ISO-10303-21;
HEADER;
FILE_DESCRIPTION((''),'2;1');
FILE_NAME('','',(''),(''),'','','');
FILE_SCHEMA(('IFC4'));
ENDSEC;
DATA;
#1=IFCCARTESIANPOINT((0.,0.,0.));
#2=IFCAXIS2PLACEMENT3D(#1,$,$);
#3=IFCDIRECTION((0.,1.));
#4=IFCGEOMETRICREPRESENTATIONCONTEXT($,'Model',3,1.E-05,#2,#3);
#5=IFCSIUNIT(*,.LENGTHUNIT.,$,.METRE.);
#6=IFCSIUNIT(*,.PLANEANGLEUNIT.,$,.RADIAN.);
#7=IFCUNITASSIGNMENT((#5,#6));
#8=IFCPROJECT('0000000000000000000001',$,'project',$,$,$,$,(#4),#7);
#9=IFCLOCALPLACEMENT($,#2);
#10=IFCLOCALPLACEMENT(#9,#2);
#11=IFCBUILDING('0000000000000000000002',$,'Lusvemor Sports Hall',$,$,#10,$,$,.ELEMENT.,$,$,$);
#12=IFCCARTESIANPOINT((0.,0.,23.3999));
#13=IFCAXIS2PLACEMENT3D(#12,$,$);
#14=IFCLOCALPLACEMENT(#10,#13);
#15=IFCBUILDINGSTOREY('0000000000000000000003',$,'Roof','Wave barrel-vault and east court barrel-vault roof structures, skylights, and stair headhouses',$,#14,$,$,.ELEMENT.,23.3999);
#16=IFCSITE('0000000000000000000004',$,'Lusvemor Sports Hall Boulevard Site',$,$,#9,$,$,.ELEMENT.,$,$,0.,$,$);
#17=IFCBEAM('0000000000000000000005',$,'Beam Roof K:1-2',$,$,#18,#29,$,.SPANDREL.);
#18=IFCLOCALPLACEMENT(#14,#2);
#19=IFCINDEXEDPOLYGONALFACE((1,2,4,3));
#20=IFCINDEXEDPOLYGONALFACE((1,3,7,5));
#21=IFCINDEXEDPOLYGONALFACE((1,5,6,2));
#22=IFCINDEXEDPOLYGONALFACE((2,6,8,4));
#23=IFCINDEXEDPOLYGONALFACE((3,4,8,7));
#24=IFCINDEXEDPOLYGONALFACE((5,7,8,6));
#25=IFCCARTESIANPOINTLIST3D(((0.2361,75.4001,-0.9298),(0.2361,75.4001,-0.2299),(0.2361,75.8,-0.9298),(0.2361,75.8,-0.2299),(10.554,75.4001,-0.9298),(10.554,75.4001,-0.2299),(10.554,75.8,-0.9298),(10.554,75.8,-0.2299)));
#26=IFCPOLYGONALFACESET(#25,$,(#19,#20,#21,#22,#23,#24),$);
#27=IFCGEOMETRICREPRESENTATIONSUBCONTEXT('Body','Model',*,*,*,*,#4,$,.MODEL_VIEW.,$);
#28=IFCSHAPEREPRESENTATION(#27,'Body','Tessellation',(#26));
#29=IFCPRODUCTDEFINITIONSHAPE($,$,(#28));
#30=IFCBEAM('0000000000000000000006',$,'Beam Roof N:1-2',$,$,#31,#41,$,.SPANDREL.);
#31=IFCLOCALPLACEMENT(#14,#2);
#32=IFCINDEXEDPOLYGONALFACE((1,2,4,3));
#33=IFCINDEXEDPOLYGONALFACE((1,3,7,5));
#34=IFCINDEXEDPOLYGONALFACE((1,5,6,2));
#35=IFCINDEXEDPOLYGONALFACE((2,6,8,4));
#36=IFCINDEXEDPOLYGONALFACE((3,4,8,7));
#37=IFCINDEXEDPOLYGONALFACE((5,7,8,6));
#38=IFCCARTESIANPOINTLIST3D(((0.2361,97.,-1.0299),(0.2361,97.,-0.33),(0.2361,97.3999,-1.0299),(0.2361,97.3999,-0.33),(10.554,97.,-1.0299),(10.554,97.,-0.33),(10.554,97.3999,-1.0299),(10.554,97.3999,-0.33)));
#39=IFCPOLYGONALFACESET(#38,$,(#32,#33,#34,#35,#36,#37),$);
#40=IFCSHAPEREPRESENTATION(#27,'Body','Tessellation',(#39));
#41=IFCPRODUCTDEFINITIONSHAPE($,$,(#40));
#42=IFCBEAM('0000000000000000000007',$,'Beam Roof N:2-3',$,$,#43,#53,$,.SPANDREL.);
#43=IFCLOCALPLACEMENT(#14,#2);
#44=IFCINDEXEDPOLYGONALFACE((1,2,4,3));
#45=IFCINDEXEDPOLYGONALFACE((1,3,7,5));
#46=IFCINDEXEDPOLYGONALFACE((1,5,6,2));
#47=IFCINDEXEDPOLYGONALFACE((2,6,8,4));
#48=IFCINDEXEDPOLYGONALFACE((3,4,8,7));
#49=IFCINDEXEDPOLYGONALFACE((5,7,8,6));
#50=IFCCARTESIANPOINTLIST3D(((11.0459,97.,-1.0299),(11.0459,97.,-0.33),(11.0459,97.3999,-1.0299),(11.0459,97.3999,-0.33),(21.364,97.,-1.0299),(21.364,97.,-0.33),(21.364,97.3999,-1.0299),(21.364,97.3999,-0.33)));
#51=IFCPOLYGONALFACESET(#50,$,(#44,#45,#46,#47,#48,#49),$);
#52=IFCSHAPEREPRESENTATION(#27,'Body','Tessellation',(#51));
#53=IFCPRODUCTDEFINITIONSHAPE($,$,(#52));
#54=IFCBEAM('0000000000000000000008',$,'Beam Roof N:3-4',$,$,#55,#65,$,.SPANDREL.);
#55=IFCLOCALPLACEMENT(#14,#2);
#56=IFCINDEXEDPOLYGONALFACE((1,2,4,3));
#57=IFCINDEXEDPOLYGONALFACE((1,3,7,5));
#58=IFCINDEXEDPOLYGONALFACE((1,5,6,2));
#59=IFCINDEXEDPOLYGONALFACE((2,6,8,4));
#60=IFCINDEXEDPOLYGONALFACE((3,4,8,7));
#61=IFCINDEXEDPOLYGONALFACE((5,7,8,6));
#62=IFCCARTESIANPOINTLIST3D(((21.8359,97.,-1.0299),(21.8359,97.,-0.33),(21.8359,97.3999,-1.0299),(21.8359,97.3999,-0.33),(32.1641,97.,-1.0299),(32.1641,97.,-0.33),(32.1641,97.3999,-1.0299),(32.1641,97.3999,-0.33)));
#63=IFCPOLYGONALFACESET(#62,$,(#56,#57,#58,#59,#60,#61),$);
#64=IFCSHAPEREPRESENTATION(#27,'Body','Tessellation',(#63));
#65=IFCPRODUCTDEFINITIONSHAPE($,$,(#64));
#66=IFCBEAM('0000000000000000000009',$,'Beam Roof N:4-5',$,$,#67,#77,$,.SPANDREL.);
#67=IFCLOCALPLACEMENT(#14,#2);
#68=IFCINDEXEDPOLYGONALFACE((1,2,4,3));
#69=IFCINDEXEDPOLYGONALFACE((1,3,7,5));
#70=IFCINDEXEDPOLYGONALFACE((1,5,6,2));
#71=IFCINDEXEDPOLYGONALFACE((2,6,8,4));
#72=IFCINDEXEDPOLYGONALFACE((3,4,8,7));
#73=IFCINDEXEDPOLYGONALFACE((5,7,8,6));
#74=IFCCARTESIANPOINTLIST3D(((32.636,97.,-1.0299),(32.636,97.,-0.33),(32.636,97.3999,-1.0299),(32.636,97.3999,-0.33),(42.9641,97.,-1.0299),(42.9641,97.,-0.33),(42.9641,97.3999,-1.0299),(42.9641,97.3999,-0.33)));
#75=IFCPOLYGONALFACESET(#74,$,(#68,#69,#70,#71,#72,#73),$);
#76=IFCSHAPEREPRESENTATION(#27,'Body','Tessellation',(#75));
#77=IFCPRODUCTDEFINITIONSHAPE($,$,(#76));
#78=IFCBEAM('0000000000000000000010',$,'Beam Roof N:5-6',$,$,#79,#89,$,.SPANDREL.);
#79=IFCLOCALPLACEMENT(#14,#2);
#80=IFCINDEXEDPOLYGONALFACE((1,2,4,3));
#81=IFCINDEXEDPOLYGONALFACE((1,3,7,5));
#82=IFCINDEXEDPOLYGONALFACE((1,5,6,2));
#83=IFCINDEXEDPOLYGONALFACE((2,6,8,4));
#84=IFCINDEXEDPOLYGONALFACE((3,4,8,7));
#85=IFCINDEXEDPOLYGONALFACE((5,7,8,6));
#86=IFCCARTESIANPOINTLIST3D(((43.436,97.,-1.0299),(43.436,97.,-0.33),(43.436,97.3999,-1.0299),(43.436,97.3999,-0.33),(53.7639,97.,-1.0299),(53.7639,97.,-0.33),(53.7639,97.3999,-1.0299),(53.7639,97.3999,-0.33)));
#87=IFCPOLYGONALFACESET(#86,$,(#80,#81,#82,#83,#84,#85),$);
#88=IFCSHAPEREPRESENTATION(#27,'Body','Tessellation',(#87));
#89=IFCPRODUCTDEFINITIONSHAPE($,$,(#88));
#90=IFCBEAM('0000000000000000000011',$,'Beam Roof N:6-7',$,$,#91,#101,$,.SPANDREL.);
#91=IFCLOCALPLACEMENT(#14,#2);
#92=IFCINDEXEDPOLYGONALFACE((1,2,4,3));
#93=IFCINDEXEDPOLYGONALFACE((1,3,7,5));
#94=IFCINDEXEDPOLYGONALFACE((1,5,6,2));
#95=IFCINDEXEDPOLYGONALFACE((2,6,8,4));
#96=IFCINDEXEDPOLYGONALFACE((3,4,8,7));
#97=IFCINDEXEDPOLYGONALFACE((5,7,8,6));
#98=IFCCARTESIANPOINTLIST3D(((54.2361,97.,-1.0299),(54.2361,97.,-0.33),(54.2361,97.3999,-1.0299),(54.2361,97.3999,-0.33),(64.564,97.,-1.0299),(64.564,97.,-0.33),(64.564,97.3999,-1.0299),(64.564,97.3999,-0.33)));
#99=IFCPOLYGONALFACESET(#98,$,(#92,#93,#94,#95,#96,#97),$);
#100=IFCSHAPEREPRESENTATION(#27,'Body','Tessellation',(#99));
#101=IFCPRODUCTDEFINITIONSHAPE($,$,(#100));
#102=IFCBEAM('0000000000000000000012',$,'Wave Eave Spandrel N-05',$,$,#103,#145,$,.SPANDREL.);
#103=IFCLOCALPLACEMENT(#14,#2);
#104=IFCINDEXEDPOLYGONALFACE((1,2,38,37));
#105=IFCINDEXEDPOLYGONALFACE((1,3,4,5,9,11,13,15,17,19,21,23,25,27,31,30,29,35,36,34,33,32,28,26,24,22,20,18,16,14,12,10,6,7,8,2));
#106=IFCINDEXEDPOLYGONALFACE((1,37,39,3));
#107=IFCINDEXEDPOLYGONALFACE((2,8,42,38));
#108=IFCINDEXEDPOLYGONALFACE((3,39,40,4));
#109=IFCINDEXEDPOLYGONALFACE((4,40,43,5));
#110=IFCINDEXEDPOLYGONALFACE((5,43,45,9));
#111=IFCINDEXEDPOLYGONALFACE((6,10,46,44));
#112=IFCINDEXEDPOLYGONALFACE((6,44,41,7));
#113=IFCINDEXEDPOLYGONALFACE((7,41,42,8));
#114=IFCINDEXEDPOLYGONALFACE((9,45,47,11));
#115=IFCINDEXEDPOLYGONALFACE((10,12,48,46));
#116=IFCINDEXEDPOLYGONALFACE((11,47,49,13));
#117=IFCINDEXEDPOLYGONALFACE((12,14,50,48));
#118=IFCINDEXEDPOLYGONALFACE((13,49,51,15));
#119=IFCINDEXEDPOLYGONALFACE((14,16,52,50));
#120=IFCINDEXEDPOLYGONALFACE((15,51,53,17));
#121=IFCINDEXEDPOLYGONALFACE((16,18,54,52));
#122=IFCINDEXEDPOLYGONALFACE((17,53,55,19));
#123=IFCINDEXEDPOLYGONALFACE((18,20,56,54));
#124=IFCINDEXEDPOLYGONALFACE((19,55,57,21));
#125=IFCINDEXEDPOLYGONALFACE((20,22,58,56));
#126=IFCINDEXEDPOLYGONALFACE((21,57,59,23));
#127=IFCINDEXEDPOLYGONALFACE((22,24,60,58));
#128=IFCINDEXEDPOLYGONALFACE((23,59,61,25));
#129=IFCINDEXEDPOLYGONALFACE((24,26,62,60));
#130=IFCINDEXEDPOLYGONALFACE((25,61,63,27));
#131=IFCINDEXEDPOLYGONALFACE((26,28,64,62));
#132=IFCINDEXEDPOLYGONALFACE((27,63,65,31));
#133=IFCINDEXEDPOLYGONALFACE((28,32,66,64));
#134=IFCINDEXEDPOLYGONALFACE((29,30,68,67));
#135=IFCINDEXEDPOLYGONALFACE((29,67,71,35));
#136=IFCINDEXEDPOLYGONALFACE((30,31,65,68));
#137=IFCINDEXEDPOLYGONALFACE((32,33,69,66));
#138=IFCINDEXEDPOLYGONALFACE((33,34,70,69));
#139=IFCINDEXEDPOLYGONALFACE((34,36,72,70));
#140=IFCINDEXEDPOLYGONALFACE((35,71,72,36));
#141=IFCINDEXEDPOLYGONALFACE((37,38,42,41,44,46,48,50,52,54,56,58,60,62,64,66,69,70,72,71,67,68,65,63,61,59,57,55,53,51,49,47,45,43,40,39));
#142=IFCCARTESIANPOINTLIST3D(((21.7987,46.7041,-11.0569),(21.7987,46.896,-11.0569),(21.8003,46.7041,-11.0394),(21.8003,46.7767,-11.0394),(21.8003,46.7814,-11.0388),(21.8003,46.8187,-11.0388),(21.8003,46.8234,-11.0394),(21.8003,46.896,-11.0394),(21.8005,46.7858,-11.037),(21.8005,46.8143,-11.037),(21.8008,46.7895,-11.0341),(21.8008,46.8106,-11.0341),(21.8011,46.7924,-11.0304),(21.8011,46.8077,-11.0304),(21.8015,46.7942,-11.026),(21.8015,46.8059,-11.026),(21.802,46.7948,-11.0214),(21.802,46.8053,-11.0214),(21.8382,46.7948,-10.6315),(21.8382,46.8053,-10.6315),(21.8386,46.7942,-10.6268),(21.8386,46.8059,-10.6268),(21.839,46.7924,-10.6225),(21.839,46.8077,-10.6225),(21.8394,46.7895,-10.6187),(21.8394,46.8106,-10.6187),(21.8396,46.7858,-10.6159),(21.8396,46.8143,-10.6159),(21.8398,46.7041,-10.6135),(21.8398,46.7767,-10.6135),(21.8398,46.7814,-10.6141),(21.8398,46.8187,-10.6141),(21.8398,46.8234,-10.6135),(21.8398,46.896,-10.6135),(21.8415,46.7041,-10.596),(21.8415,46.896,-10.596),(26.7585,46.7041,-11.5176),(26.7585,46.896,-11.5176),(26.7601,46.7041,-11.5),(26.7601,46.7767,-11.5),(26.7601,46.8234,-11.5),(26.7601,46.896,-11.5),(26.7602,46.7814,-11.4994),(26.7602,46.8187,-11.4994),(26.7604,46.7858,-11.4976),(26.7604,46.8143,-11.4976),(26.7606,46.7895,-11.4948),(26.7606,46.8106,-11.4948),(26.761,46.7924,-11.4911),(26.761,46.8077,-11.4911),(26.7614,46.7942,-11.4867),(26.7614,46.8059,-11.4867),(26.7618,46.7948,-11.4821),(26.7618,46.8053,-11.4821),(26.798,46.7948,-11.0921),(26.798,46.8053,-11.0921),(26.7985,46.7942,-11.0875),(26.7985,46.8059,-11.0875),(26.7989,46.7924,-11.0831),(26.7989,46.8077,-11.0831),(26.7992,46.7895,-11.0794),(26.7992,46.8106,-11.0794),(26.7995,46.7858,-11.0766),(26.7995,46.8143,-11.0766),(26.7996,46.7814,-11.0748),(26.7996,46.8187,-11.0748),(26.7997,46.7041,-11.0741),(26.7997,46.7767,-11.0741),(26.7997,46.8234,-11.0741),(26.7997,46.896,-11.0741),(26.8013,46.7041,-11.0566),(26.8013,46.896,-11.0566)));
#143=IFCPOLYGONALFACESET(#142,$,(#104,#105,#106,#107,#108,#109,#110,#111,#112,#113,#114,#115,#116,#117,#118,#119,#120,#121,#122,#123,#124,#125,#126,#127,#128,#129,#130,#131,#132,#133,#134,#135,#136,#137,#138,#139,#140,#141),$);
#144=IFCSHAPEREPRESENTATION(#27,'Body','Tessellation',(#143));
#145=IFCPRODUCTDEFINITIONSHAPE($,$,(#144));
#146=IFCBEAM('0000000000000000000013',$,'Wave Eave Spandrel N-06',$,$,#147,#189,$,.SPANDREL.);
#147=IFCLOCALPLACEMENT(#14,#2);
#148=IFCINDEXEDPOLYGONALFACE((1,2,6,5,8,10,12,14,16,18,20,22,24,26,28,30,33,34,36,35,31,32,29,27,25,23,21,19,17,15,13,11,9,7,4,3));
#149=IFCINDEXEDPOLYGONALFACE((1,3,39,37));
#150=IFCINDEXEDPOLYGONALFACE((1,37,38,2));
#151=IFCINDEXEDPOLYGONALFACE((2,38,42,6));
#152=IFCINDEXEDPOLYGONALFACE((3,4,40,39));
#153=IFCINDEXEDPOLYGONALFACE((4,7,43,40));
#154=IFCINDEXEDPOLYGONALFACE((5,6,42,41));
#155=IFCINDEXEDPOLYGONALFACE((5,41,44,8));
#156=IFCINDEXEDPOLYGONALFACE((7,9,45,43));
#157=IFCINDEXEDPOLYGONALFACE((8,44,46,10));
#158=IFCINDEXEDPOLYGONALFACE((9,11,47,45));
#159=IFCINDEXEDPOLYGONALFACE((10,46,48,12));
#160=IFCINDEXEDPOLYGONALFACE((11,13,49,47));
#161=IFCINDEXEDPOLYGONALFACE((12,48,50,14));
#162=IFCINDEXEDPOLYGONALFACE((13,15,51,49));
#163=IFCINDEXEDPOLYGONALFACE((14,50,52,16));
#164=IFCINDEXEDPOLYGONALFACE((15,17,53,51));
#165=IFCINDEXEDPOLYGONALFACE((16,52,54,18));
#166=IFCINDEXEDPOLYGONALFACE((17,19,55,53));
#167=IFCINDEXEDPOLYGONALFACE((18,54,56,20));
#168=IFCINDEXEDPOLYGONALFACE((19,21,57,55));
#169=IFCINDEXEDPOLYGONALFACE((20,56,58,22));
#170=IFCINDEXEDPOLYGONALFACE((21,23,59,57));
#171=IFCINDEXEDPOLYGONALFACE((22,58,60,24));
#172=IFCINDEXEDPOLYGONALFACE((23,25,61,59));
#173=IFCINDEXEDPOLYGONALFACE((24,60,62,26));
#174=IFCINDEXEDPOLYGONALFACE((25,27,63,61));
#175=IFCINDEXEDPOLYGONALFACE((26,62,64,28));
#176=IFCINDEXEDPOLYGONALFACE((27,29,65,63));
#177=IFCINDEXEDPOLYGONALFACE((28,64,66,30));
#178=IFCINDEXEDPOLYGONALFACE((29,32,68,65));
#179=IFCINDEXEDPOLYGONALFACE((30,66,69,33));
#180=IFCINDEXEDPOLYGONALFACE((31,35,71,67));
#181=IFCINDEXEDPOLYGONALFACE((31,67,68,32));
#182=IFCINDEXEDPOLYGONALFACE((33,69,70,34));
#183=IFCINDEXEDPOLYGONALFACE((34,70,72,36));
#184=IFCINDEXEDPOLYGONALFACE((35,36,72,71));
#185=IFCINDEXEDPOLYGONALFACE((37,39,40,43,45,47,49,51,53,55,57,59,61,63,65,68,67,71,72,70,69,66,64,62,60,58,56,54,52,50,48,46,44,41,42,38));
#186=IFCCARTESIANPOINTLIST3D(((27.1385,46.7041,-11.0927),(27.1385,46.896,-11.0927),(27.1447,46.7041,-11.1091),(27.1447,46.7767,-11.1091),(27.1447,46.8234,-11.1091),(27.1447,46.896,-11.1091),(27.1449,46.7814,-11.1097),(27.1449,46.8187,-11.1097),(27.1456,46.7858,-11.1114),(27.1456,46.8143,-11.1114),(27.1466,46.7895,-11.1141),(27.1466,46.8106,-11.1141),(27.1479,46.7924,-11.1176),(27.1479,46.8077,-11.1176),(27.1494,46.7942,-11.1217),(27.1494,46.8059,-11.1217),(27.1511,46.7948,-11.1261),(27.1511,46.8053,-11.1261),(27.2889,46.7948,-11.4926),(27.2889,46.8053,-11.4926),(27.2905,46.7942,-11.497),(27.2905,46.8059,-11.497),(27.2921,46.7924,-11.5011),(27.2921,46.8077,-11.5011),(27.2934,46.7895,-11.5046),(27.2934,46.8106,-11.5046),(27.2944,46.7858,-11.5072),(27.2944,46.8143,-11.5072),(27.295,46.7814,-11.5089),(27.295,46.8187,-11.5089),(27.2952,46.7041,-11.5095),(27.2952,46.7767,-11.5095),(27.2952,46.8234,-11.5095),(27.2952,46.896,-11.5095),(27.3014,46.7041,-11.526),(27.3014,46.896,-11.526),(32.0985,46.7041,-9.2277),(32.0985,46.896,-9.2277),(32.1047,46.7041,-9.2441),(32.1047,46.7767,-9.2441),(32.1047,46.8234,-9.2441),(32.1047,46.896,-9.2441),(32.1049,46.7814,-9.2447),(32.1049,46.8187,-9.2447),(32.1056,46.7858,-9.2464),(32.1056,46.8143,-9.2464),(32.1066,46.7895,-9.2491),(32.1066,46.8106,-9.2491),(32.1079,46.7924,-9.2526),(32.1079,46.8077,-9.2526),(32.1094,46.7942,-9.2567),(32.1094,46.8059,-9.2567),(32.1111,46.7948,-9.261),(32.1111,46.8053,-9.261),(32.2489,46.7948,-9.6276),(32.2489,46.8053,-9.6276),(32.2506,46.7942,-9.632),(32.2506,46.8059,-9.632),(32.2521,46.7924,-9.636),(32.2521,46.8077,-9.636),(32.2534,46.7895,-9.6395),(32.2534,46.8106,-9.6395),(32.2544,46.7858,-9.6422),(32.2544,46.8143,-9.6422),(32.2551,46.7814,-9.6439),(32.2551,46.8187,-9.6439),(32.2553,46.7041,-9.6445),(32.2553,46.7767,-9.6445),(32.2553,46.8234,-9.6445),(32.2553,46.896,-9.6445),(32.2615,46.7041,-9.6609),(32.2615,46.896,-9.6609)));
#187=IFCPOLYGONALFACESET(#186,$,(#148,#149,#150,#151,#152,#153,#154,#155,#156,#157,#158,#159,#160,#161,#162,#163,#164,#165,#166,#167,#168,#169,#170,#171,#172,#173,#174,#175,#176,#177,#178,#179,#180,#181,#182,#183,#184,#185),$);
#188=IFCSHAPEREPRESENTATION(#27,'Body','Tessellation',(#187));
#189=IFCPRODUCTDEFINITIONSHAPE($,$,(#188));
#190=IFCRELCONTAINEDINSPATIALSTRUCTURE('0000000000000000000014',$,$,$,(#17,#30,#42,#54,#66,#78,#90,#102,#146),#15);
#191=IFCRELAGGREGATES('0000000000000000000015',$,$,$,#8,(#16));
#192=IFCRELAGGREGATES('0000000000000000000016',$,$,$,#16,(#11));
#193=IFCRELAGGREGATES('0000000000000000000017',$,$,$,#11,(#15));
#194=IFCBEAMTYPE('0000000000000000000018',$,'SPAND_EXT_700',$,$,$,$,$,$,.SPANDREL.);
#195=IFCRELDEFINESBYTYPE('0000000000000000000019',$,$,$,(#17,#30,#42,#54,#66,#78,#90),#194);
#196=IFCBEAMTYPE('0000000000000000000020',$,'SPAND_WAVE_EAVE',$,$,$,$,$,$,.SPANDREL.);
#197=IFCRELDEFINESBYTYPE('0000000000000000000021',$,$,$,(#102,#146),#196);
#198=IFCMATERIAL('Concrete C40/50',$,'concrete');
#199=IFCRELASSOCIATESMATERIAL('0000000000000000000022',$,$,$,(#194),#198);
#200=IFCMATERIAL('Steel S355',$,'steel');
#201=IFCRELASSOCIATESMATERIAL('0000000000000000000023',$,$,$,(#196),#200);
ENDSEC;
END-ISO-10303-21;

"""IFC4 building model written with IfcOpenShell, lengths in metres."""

from ifc_helpers import new_model, si_unit, direction, frame, origin, origin_2d, place, context, subcontext, project, spatial, rectangle, i_section, extrude, material, material_profile, profile_set, type_object, element, save


model = new_model("IFC4")

# Units and contexts
model_context = context("Model", 3, precision=1e-05, world=origin(), true_north=direction((0.0, 1.0)))
body_context = subcontext(model_context, "Body", "Model", "MODEL_VIEW")
ifc_project = project(units=[si_unit("LENGTHUNIT", "METRE"), si_unit("PLANEANGLEUNIT", "RADIAN")], contexts=[model_context])

# Site, building, storey
site_placement = place(None, origin())
site = spatial("IfcSite", under=ifc_project, at=site_placement, Name="Lusvemor Sports Hall Boulevard Site", CompositionType="ELEMENT", RefElevation=0.0)
building_placement = place(site_placement, origin())
building = spatial("IfcBuilding", under=site, at=building_placement, Name="Lusvemor Sports Hall", CompositionType="ELEMENT")
storey_placement = place(building_placement, frame((0.0, 0.0, 23.3999)))
storey = spatial("IfcBuildingStorey", under=building, at=storey_placement, Name="Roof", Description="Wave barrel-vault and east court barrel-vault roof structures, skylights, and stair headhouses", CompositionType="ELEMENT", Elevation=23.3999)

# Beams
ifc_material_1 = material(Name="Concrete C40/50", Category="concrete")
ifc_material_profile_1 = material_profile(ifc_material_1, rectangle(XDim=0.3999, YDim=0.7, at=origin_2d()), Name="RC400x700")
ifc_profile_set_1 = profile_set([ifc_material_profile_1], Name="Concrete C40/50")
beam_type_1 = type_object("IfcBeamType", Name="SPAND_EXT_700", PredefinedType="SPANDREL", material=ifc_profile_set_1)
for number, where, z_axis, x_axis, name in (
    (1, (0.2361, 75.6001, -0.5798), (1.0, 0.0, 0.0), (0.0, 1.0, 0.0), "Beam Roof K:1-2"),
    (2, (0.2361, 97.2, -0.6799), (1.0, 0.0, 0.0), (0.0, 1.0, 0.0), "Beam Roof N:1-2"),
):
    element("IfcBeam", number, at=place(storey_placement, frame(where, z_axis=z_axis, x_axis=x_axis)), inside=storey, type_object=beam_type_1, Name=name, PredefinedType="SPANDREL", context=body_context, shape_type="SweptSolid", body=[
        extrude(rectangle(XDim=0.3999, YDim=0.7, at=origin_2d()), origin(), (0.0, 0.0, 1.0), 10.3179),
    ])
beam_1_placement = place(storey_placement, frame((11.0459, 97.2, -0.6799), z_axis=(1.0, 0.0, 0.0), x_axis=(0.0, 1.0, 0.0)))
element("IfcBeam", 3, at=beam_1_placement, inside=storey, type_object=beam_type_1, Name="Beam Roof N:2-3", PredefinedType="SPANDREL", context=body_context, shape_type="SweptSolid", body=[
    extrude(rectangle(XDim=0.3999, YDim=0.7, at=origin_2d()), origin(), (0.0, 0.0, 1.0), 10.3181),
])
for number, where, z_axis, x_axis, name in (
    (4, (21.8359, 97.2, -0.6799), (1.0, 0.0, 0.0), (0.0, 1.0, 0.0), "Beam Roof N:3-4"),
    (5, (32.636, 97.2, -0.6799), (1.0, 0.0, 0.0), (0.0, 1.0, 0.0), "Beam Roof N:4-5"),
):
    element("IfcBeam", number, at=place(storey_placement, frame(where, z_axis=z_axis, x_axis=x_axis)), inside=storey, type_object=beam_type_1, Name=name, PredefinedType="SPANDREL", context=body_context, shape_type="SweptSolid", body=[
        extrude(rectangle(XDim=0.3999, YDim=0.7, at=origin_2d()), origin(), (0.0, 0.0, 1.0), 10.3281),
    ])
for number, where, z_axis, x_axis, name in (
    (6, (43.436, 97.2, -0.6799), (1.0, 0.0, 0.0), (0.0, 1.0, 0.0), "Beam Roof N:5-6"),
    (7, (54.2361, 97.2, -0.6799), (1.0, 0.0, 0.0), (0.0, 1.0, 0.0), "Beam Roof N:6-7"),
):
    element("IfcBeam", number, at=place(storey_placement, frame(where, z_axis=z_axis, x_axis=x_axis)), inside=storey, type_object=beam_type_1, Name=name, PredefinedType="SPANDREL", context=body_context, shape_type="SweptSolid", body=[
        extrude(rectangle(XDim=0.3999, YDim=0.7, at=origin_2d()), origin(), (0.0, 0.0, 1.0), 10.3279),
    ])
ifc_material_2 = material(Name="Steel S355", Category="steel")
ifc_material_profile_2 = material_profile(ifc_material_2, i_section(OverallWidth=0.1919, OverallDepth=0.4629, WebThickness=0.0105, FlangeThickness=0.0176, FilletRadius=0.0181, at=origin_2d()), Name="W460x89.0")
ifc_profile_set_2 = profile_set([ifc_material_profile_2], Name="Steel S355")
beam_type_2 = type_object("IfcBeamType", Name="SPAND_WAVE_EAVE", PredefinedType="SPANDREL", material=ifc_profile_set_2)
beam_2_placement = place(storey_placement, frame((21.8201, 46.8, -10.8264), z_axis=(0.995714, 0.0, -0.092484), x_axis=(0.0, 1.0, 0.0)))
element("IfcBeam", 8, at=beam_2_placement, inside=storey, type_object=beam_type_2, Name="Wave Eave Spandrel N-05", PredefinedType="SPANDREL", context=body_context, shape_type="SweptSolid", body=[
    extrude(i_section(OverallWidth=0.1919, OverallDepth=0.4629, WebThickness=0.0105, FlangeThickness=0.0176, FilletRadius=0.0181, at=origin_2d()), origin(), (0.0, 0.0, 1.0), 4.9812),
])
beam_3_placement = place(storey_placement, frame((27.22, 46.8, -11.3093), z_axis=(0.936018, 0.0, 0.351951), x_axis=(0.0, 1.0, 0.0)))
element("IfcBeam", 9, at=beam_3_placement, inside=storey, type_object=beam_type_2, Name="Wave Eave Spandrel N-06", PredefinedType="SPANDREL", context=body_context, shape_type="SweptSolid", body=[
    extrude(i_section(OverallWidth=0.1919, OverallDepth=0.4629, WebThickness=0.0105, FlangeThickness=0.0176, FilletRadius=0.0181, at=origin_2d()), origin(), (0.0, 0.0, 1.0), 5.2991),
])

save(model, "model.ifc")
